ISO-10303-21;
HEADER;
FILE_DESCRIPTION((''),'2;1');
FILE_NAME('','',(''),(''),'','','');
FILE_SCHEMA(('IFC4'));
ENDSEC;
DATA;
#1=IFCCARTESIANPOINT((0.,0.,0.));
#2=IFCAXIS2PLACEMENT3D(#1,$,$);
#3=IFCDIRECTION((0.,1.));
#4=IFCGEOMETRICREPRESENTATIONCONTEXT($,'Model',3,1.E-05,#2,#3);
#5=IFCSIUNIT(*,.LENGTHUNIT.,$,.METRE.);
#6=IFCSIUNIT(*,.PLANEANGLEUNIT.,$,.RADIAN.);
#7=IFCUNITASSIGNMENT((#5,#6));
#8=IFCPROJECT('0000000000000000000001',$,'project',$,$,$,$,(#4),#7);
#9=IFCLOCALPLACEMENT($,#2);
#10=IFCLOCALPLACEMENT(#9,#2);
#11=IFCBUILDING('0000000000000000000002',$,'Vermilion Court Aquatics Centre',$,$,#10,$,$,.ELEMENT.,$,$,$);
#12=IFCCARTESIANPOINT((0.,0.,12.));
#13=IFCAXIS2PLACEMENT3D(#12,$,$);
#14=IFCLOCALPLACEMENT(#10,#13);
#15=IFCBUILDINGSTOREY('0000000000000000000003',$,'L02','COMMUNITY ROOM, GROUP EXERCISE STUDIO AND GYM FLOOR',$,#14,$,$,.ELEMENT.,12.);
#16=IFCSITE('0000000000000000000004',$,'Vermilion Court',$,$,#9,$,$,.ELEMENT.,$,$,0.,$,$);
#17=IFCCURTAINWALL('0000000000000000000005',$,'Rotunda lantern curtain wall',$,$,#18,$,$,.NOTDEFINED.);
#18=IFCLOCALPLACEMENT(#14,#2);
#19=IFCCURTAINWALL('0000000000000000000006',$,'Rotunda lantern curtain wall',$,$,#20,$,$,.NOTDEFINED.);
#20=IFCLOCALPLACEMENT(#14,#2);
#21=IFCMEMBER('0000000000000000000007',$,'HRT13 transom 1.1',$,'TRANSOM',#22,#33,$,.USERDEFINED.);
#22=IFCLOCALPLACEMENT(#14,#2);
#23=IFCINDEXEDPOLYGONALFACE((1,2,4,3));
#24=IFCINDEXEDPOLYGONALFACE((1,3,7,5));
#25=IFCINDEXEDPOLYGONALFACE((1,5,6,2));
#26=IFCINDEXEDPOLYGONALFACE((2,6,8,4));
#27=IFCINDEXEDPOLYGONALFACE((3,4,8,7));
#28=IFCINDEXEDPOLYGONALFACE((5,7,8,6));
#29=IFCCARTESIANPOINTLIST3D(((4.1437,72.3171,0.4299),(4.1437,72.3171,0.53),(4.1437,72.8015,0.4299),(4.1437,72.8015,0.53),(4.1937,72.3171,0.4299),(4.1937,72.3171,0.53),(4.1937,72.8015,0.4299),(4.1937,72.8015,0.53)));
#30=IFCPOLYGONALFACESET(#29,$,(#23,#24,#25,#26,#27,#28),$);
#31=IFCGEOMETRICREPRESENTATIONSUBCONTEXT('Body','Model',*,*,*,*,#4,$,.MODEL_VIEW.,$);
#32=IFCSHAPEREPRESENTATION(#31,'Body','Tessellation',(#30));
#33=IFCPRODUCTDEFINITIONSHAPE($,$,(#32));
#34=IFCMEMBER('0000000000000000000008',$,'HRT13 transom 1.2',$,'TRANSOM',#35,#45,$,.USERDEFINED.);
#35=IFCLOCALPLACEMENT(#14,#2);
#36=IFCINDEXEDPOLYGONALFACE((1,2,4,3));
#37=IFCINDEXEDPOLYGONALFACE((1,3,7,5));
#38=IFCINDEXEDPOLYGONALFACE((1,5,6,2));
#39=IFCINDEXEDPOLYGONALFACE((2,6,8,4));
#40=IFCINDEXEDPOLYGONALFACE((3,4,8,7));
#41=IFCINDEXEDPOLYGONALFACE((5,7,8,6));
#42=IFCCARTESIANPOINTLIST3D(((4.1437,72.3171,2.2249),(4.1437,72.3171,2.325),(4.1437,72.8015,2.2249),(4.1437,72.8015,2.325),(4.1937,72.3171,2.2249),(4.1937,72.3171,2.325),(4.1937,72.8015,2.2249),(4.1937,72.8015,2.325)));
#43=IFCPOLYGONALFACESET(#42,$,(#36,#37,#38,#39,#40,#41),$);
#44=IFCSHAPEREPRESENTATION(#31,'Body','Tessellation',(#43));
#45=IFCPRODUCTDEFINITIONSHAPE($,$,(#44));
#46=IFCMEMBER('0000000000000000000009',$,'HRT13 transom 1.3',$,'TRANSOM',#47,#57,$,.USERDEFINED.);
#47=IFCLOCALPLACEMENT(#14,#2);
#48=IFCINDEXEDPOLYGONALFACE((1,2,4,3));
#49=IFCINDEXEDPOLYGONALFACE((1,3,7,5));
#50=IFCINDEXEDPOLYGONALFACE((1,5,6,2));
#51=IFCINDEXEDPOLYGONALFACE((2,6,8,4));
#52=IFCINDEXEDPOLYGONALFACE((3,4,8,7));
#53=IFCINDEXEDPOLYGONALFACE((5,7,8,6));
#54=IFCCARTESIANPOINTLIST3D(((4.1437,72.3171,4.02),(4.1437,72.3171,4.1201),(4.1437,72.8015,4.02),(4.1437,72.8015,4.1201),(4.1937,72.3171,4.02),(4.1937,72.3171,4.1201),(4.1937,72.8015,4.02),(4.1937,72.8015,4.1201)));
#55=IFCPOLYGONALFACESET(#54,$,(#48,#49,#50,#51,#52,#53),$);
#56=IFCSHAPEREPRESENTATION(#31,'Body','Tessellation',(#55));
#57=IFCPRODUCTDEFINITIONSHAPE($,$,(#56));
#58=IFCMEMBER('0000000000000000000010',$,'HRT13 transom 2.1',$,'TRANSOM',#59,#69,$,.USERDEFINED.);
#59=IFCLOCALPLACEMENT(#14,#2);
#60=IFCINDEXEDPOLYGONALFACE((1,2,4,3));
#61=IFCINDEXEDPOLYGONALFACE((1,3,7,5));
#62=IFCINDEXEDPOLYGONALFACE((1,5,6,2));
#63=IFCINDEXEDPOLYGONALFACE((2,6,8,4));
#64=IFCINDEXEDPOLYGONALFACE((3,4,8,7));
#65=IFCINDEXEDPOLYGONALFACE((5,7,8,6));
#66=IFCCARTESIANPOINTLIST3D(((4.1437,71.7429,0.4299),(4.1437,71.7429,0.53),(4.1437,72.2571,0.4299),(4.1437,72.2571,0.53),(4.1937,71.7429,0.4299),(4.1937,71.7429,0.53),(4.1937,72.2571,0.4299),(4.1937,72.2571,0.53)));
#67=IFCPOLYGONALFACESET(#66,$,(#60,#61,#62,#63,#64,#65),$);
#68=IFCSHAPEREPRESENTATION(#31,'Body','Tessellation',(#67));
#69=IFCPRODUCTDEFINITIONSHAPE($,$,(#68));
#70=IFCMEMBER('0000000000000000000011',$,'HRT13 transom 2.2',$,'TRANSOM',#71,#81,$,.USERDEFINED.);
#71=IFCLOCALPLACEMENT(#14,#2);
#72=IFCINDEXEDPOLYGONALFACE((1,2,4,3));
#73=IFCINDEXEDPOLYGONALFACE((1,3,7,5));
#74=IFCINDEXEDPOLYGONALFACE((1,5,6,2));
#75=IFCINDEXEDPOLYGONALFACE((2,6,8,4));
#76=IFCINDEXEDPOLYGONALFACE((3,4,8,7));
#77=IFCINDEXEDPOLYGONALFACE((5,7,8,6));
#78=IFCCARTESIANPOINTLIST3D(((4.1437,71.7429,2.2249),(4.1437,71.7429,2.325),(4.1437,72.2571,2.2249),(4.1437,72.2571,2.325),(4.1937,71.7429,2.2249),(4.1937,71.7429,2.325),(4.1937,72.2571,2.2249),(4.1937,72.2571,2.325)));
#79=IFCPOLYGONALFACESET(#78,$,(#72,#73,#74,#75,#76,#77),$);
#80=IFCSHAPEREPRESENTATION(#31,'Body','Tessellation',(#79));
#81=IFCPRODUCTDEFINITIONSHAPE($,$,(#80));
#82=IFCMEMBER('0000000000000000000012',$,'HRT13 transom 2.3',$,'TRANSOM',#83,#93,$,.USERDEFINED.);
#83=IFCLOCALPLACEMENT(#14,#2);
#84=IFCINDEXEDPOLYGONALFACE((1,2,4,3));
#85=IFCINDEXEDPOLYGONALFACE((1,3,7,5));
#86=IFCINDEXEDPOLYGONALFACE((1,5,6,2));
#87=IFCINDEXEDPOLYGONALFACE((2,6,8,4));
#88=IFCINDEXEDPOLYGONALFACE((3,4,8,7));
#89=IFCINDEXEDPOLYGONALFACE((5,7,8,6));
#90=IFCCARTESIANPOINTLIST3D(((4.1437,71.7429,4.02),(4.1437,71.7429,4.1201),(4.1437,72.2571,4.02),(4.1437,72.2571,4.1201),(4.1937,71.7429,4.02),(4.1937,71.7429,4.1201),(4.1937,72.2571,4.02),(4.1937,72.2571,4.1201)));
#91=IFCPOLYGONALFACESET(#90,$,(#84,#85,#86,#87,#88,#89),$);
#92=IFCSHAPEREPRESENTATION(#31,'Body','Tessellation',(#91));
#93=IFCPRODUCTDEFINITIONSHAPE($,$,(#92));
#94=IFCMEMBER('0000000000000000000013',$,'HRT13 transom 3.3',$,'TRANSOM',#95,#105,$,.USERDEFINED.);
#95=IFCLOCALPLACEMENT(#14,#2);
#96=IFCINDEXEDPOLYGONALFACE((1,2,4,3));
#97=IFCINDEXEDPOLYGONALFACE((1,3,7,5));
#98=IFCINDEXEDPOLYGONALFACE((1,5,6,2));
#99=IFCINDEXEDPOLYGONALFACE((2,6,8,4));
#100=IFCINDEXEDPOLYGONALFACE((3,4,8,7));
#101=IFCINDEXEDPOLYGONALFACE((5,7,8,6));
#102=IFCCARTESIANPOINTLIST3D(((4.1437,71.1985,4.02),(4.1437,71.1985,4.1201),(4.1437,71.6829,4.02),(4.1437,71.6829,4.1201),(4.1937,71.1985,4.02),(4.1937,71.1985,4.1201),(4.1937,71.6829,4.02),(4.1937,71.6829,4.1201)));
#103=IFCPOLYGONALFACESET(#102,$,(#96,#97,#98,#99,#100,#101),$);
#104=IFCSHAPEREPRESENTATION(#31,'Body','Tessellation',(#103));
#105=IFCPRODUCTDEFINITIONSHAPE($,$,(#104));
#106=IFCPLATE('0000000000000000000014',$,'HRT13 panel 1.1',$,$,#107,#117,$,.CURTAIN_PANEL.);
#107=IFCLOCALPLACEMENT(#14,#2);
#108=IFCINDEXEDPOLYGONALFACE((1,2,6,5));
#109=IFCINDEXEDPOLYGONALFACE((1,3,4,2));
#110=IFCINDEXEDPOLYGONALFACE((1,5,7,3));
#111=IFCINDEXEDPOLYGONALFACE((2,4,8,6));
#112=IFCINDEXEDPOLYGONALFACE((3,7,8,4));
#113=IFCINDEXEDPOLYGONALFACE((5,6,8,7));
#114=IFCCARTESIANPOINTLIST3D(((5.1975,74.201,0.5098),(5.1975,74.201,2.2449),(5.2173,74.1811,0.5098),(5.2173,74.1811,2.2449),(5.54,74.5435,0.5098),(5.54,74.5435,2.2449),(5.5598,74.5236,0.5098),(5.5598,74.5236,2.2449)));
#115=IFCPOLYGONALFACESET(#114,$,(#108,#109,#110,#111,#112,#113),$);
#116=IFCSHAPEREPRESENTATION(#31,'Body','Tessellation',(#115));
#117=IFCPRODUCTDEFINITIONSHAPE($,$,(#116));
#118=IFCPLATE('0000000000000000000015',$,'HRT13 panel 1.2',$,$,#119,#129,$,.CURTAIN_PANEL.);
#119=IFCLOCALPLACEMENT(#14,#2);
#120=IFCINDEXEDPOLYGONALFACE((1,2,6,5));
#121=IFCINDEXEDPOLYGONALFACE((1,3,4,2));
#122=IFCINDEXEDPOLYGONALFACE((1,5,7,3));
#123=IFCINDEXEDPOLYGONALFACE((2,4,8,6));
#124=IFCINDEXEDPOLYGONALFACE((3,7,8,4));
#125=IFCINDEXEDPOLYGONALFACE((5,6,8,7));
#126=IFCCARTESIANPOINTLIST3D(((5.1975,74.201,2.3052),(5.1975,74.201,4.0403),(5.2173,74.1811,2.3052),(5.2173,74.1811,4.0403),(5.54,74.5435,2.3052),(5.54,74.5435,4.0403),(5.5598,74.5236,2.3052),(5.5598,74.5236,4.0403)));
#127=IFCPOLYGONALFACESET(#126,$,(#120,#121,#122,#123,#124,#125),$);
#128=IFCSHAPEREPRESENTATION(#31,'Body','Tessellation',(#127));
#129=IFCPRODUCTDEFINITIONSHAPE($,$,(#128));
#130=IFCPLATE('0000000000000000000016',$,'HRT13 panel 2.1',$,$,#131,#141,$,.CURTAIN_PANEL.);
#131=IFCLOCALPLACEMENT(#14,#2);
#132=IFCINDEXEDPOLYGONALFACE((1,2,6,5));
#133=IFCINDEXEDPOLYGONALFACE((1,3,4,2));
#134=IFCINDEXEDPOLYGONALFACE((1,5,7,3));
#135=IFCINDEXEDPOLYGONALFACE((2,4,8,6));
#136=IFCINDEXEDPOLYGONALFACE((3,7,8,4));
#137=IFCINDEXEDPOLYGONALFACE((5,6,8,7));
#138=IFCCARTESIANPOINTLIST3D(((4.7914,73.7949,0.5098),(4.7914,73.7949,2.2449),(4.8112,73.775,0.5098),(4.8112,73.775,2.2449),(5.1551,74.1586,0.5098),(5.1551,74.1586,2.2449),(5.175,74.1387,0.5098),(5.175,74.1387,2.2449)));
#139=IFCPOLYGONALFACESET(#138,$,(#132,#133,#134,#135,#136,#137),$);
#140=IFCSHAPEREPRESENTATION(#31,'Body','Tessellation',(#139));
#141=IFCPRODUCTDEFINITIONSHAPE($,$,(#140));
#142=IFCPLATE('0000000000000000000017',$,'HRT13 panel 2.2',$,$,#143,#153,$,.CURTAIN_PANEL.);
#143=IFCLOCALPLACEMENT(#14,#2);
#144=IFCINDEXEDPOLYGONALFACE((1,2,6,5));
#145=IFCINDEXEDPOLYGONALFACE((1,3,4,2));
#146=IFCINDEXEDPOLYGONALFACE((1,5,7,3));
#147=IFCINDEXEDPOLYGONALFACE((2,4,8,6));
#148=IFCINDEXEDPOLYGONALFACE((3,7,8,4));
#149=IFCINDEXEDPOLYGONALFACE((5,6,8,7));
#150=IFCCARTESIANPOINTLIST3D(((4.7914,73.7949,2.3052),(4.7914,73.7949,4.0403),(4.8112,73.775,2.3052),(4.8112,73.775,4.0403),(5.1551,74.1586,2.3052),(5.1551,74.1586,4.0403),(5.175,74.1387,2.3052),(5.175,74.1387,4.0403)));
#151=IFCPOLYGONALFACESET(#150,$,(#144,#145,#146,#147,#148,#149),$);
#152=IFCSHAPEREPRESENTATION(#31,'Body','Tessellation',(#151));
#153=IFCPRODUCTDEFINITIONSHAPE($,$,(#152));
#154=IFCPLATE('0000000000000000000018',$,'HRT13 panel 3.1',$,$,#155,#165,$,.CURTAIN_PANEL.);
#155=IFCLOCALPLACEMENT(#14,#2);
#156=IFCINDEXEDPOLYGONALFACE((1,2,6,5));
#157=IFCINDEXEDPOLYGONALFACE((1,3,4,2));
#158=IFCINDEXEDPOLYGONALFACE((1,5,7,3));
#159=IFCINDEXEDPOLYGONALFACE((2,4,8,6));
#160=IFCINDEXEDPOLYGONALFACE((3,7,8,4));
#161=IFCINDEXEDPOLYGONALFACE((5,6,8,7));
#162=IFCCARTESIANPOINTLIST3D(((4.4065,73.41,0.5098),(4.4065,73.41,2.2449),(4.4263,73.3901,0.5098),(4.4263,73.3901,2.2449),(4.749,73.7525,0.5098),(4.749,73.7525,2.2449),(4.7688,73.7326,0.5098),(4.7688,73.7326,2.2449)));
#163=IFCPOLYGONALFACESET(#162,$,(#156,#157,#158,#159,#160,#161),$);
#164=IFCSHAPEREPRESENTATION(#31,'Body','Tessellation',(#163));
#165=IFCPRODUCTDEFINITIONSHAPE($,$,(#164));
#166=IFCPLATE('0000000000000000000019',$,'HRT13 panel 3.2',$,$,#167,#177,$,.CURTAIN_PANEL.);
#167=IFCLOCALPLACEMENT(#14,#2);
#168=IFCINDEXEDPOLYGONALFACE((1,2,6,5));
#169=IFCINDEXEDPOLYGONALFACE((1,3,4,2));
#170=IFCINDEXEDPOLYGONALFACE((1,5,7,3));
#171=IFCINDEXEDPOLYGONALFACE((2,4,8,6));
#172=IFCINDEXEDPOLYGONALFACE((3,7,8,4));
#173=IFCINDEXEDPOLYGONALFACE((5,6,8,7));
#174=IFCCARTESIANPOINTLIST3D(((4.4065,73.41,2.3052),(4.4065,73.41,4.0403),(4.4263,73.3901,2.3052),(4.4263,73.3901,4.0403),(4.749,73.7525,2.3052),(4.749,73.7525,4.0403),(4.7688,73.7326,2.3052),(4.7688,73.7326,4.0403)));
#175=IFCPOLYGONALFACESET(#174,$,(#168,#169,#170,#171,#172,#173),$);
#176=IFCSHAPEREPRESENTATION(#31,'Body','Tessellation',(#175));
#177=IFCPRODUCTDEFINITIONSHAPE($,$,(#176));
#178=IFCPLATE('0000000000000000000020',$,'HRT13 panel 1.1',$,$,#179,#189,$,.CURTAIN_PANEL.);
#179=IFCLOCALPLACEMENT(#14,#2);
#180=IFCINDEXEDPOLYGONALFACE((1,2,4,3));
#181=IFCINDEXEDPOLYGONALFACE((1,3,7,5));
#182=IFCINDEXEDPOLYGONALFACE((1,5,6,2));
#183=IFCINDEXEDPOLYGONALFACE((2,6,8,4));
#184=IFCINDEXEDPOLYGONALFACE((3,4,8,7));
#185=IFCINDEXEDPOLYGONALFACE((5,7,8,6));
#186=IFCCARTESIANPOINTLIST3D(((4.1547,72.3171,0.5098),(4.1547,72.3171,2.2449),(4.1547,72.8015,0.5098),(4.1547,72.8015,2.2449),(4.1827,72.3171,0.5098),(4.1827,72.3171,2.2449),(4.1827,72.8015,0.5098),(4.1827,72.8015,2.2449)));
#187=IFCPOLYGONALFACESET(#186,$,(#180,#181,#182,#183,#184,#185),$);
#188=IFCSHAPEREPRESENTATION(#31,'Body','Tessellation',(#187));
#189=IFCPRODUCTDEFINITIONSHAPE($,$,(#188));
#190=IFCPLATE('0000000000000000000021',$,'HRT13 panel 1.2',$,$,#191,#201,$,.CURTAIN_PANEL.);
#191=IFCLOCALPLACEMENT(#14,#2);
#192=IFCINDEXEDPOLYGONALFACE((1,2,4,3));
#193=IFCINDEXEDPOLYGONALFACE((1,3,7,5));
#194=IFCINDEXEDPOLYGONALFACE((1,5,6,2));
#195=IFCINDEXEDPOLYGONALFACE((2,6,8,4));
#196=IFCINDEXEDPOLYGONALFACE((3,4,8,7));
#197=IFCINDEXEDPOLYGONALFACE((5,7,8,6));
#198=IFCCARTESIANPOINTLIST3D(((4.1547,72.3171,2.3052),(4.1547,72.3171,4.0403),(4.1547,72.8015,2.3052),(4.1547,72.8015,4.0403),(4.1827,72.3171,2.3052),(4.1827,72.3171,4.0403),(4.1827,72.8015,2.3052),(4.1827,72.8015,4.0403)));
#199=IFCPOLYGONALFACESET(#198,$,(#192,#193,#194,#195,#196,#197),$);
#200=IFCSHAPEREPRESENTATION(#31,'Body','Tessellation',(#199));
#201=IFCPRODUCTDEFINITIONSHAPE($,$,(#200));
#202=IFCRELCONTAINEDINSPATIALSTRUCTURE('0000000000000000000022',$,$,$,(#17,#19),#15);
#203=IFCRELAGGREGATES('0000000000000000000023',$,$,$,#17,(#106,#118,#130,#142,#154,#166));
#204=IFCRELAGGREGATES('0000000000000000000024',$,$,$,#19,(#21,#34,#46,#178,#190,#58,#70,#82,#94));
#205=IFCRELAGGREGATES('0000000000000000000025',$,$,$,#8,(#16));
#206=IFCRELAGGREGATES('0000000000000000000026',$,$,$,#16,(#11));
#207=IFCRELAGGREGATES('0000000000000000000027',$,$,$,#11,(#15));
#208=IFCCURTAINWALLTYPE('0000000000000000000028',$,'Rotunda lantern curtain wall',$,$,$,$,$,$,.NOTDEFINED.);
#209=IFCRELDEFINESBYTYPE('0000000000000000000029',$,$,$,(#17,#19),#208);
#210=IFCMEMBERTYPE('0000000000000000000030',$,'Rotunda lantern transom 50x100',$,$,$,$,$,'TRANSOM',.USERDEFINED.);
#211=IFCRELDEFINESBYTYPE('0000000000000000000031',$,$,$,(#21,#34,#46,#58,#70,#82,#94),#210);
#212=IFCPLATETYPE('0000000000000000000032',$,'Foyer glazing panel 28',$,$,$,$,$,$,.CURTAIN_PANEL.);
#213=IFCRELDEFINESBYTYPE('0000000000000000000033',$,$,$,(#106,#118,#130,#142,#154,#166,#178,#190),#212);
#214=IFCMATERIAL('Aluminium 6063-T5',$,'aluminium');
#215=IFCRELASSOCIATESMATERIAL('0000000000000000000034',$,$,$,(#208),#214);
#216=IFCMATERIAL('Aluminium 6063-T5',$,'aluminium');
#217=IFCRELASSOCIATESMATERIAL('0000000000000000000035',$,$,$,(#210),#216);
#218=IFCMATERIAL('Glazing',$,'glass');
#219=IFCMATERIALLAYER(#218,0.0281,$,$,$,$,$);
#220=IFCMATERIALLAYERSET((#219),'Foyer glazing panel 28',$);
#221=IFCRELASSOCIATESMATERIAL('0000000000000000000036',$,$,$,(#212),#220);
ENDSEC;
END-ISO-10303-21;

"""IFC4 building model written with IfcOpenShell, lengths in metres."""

from ifc_helpers import new_model, si_unit, direction, frame, origin, origin_2d, place, context, subcontext, project, spatial, rectangle, extrude, material, layer, layer_set, material_profile, profile_set, type_object, element, aggregate, save


model = new_model("IFC4")

# Units and contexts
model_context = context("Model", 3, precision=1e-05, world=origin(), true_north=direction((0.0, 1.0)))
body_context = subcontext(model_context, "Body", "Model", "MODEL_VIEW")
ifc_project = project(units=[si_unit("LENGTHUNIT", "METRE"), si_unit("PLANEANGLEUNIT", "RADIAN")], contexts=[model_context])

# Site, building, storey
site_placement = place(None, origin())
site = spatial("IfcSite", under=ifc_project, at=site_placement, Name="Vermilion Court", CompositionType="ELEMENT", RefElevation=0.0)
building_placement = place(site_placement, origin())
building = spatial("IfcBuilding", under=site, at=building_placement, Name="Vermilion Court Aquatics Centre", CompositionType="ELEMENT")
storey_placement = place(building_placement, frame((0.0, 0.0, 12.0)))
storey = spatial("IfcBuildingStorey", under=building, at=storey_placement, Name="L02", Description="COMMUNITY ROOM, GROUP EXERCISE STUDIO AND GYM FLOOR", CompositionType="ELEMENT", Elevation=12.0)

# Curtain walls
ifc_material_1 = material(Name="Aluminium 6063-T5", Category="aluminium")
curtain_wall_type = type_object("IfcCurtainWallType", Name="Rotunda lantern curtain wall", PredefinedType="NOTDEFINED", material=ifc_material_1)
curtain_wall_1_placement = place(storey_placement, origin())
curtain_wall_1 = element("IfcCurtainWall", 1, at=curtain_wall_1_placement, inside=storey, type_object=curtain_wall_type, Name="Rotunda lantern curtain wall", PredefinedType="NOTDEFINED")
curtain_wall_2_placement = place(storey_placement, origin())
curtain_wall_2 = element("IfcCurtainWall", 2, at=curtain_wall_2_placement, inside=storey, type_object=curtain_wall_type, Name="Rotunda lantern curtain wall", PredefinedType="NOTDEFINED")

# Members
ifc_material_2 = material(Name="Aluminium 6063-T5", Category="aluminium")
ifc_material_profile_1 = material_profile(ifc_material_2, rectangle(XDim=0.05, YDim=0.1001, at=origin_2d()), Name="Aluminium 50x100")
ifc_profile_set_1 = profile_set([ifc_material_profile_1], Name="Aluminium 6063-T5")
member_type_1 = type_object("IfcMemberType", Name="Rotunda lantern transom 50x100", ElementType="TRANSOM", PredefinedType="USERDEFINED", material=ifc_profile_set_1)
member_1_placement = place(storey_placement, frame((4.1687, 72.8015, 0.48), z_axis=(0.0, -1.0, 0.0), x_axis=(1.0, 0.0, 0.0)))
member_1 = element("IfcMember", 3, at=member_1_placement, type_object=member_type_1, Name="HRT13 transom 1.1", ObjectType="TRANSOM", PredefinedType="USERDEFINED", context=body_context, shape_type="SweptSolid", body=[
    extrude(rectangle(XDim=0.05, YDim=0.1001, at=origin_2d()), origin(), (0.0, 0.0, 1.0), 0.4844),
])
member_2_placement = place(storey_placement, frame((4.1687, 72.8015, 2.2749), z_axis=(0.0, -1.0, 0.0), x_axis=(1.0, 0.0, 0.0)))
member_2 = element("IfcMember", 4, at=member_2_placement, type_object=member_type_1, Name="HRT13 transom 1.2", ObjectType="TRANSOM", PredefinedType="USERDEFINED", context=body_context, shape_type="SweptSolid", body=[
    extrude(rectangle(XDim=0.05, YDim=0.1001, at=origin_2d()), origin(), (0.0, 0.0, 1.0), 0.4844),
])
member_3_placement = place(storey_placement, frame((4.1687, 72.8015, 4.0701), z_axis=(0.0, -1.0, 0.0), x_axis=(1.0, 0.0, 0.0)))
member_3 = element("IfcMember", 5, at=member_3_placement, type_object=member_type_1, Name="HRT13 transom 1.3", ObjectType="TRANSOM", PredefinedType="USERDEFINED", context=body_context, shape_type="SweptSolid", body=[
    extrude(rectangle(XDim=0.05, YDim=0.1001, at=origin_2d()), origin(), (0.0, 0.0, 1.0), 0.4844),
])
member_4_placement = place(storey_placement, frame((4.1687, 72.2571, 0.48), z_axis=(0.0, -1.0, 0.0), x_axis=(1.0, 0.0, 0.0)))
member_4 = element("IfcMember", 6, at=member_4_placement, type_object=member_type_1, Name="HRT13 transom 2.1", ObjectType="TRANSOM", PredefinedType="USERDEFINED", context=body_context, shape_type="SweptSolid", body=[
    extrude(rectangle(XDim=0.05, YDim=0.1001, at=origin_2d()), origin(), (0.0, 0.0, 1.0), 0.5142),
])
member_5_placement = place(storey_placement, frame((4.1687, 72.2571, 2.2749), z_axis=(0.0, -1.0, 0.0), x_axis=(1.0, 0.0, 0.0)))
member_5 = element("IfcMember", 7, at=member_5_placement, type_object=member_type_1, Name="HRT13 transom 2.2", ObjectType="TRANSOM", PredefinedType="USERDEFINED", context=body_context, shape_type="SweptSolid", body=[
    extrude(rectangle(XDim=0.05, YDim=0.1001, at=origin_2d()), origin(), (0.0, 0.0, 1.0), 0.5142),
])
member_6_placement = place(storey_placement, frame((4.1687, 72.2571, 4.0701), z_axis=(0.0, -1.0, 0.0), x_axis=(1.0, 0.0, 0.0)))
member_6 = element("IfcMember", 8, at=member_6_placement, type_object=member_type_1, Name="HRT13 transom 2.3", ObjectType="TRANSOM", PredefinedType="USERDEFINED", context=body_context, shape_type="SweptSolid", body=[
    extrude(rectangle(XDim=0.05, YDim=0.1001, at=origin_2d()), origin(), (0.0, 0.0, 1.0), 0.5142),
])
member_7_placement = place(storey_placement, frame((4.1687, 71.6829, 4.0701), z_axis=(0.0, -1.0, 0.0), x_axis=(1.0, 0.0, 0.0)))
member_7 = element("IfcMember", 9, at=member_7_placement, type_object=member_type_1, Name="HRT13 transom 3.3", ObjectType="TRANSOM", PredefinedType="USERDEFINED", context=body_context, shape_type="SweptSolid", body=[
    extrude(rectangle(XDim=0.05, YDim=0.1001, at=origin_2d()), origin(), (0.0, 0.0, 1.0), 0.4844),
])

# Plates
ifc_material_3 = material(Name="Glazing", Category="glass")
ifc_layer_1 = layer(ifc_material_3, 0.0281)
ifc_layer_set_1 = layer_set([ifc_layer_1], Name="Foyer glazing panel 28")
plate_type = type_object("IfcPlateType", Name="Foyer glazing panel 28", PredefinedType="CURTAIN_PANEL", material=ifc_layer_set_1)
plate_1_placement = place(storey_placement, frame((5.3787, 74.3623, 0.5098), z_axis=(0.0, 0.0, 1.0), x_axis=(-0.707107, -0.707107, 0.0)))
plate_1 = element("IfcPlate", 10, at=plate_1_placement, type_object=plate_type, Name="HRT13 panel 1.1", PredefinedType="CURTAIN_PANEL", context=body_context, shape_type="SweptSolid", body=[
    extrude(rectangle(XDim=0.4844, YDim=0.0281, at=origin_2d()), origin(), (0.0, 0.0, 1.0), 1.7351),
])
plate_2_placement = place(storey_placement, frame((5.3787, 74.3623, 2.3052), z_axis=(0.0, 0.0, 1.0), x_axis=(-0.707107, -0.707107, 0.0)))
plate_2 = element("IfcPlate", 11, at=plate_2_placement, type_object=plate_type, Name="HRT13 panel 1.2", PredefinedType="CURTAIN_PANEL", context=body_context, shape_type="SweptSolid", body=[
    extrude(rectangle(XDim=0.4844, YDim=0.0281, at=origin_2d()), origin(), (0.0, 0.0, 1.0), 1.7351),
])
plate_3_placement = place(storey_placement, frame((4.9832, 73.9668, 0.5098), z_axis=(0.0, 0.0, 1.0), x_axis=(-0.707107, -0.707107, 0.0)))
plate_3 = element("IfcPlate", 12, at=plate_3_placement, type_object=plate_type, Name="HRT13 panel 2.1", PredefinedType="CURTAIN_PANEL", context=body_context, shape_type="SweptSolid", body=[
    extrude(rectangle(XDim=0.5144, YDim=0.0281, at=origin_2d()), origin(), (0.0, 0.0, 1.0), 1.7351),
])
plate_4_placement = place(storey_placement, frame((4.9832, 73.9668, 2.3052), z_axis=(0.0, 0.0, 1.0), x_axis=(-0.707107, -0.707107, 0.0)))
plate_4 = element("IfcPlate", 13, at=plate_4_placement, type_object=plate_type, Name="HRT13 panel 2.2", PredefinedType="CURTAIN_PANEL", context=body_context, shape_type="SweptSolid", body=[
    extrude(rectangle(XDim=0.5144, YDim=0.0281, at=origin_2d()), origin(), (0.0, 0.0, 1.0), 1.7351),
])
plate_5_placement = place(storey_placement, frame((4.5876, 73.5713, 0.5098), z_axis=(0.0, 0.0, 1.0), x_axis=(-0.707107, -0.707107, 0.0)))
plate_5 = element("IfcPlate", 14, at=plate_5_placement, type_object=plate_type, Name="HRT13 panel 3.1", PredefinedType="CURTAIN_PANEL", context=body_context, shape_type="SweptSolid", body=[
    extrude(rectangle(XDim=0.4844, YDim=0.0281, at=origin_2d()), origin(), (0.0, 0.0, 1.0), 1.7351),
])
plate_6_placement = place(storey_placement, frame((4.5876, 73.5713, 2.3052), z_axis=(0.0, 0.0, 1.0), x_axis=(-0.707107, -0.707107, 0.0)))
plate_6 = element("IfcPlate", 15, at=plate_6_placement, type_object=plate_type, Name="HRT13 panel 3.2", PredefinedType="CURTAIN_PANEL", context=body_context, shape_type="SweptSolid", body=[
    extrude(rectangle(XDim=0.4844, YDim=0.0281, at=origin_2d()), origin(), (0.0, 0.0, 1.0), 1.7351),
])
aggregate(curtain_wall_1, [plate_1, plate_2, plate_3, plate_4, plate_5, plate_6])
plate_7_placement = place(storey_placement, frame((4.1687, 72.5593, 0.5098), z_axis=(0.0, 0.0, 1.0), x_axis=(0.0, -1.0, 0.0)))
plate_7 = element("IfcPlate", 16, at=plate_7_placement, type_object=plate_type, Name="HRT13 panel 1.1", PredefinedType="CURTAIN_PANEL", context=body_context, shape_type="SweptSolid", body=[
    extrude(rectangle(XDim=0.4844, YDim=0.0281, at=origin_2d()), origin(), (0.0, 0.0, 1.0), 1.7351),
])
plate_8_placement = place(storey_placement, frame((4.1687, 72.5593, 2.3052), z_axis=(0.0, 0.0, 1.0), x_axis=(0.0, -1.0, 0.0)))
plate_8 = element("IfcPlate", 17, at=plate_8_placement, type_object=plate_type, Name="HRT13 panel 1.2", PredefinedType="CURTAIN_PANEL", context=body_context, shape_type="SweptSolid", body=[
    extrude(rectangle(XDim=0.4844, YDim=0.0281, at=origin_2d()), origin(), (0.0, 0.0, 1.0), 1.7351),
])
aggregate(curtain_wall_2, [member_1, member_2, member_3, plate_7, plate_8, member_4, member_5, member_6, member_7])

save(model, "model.ifc")
